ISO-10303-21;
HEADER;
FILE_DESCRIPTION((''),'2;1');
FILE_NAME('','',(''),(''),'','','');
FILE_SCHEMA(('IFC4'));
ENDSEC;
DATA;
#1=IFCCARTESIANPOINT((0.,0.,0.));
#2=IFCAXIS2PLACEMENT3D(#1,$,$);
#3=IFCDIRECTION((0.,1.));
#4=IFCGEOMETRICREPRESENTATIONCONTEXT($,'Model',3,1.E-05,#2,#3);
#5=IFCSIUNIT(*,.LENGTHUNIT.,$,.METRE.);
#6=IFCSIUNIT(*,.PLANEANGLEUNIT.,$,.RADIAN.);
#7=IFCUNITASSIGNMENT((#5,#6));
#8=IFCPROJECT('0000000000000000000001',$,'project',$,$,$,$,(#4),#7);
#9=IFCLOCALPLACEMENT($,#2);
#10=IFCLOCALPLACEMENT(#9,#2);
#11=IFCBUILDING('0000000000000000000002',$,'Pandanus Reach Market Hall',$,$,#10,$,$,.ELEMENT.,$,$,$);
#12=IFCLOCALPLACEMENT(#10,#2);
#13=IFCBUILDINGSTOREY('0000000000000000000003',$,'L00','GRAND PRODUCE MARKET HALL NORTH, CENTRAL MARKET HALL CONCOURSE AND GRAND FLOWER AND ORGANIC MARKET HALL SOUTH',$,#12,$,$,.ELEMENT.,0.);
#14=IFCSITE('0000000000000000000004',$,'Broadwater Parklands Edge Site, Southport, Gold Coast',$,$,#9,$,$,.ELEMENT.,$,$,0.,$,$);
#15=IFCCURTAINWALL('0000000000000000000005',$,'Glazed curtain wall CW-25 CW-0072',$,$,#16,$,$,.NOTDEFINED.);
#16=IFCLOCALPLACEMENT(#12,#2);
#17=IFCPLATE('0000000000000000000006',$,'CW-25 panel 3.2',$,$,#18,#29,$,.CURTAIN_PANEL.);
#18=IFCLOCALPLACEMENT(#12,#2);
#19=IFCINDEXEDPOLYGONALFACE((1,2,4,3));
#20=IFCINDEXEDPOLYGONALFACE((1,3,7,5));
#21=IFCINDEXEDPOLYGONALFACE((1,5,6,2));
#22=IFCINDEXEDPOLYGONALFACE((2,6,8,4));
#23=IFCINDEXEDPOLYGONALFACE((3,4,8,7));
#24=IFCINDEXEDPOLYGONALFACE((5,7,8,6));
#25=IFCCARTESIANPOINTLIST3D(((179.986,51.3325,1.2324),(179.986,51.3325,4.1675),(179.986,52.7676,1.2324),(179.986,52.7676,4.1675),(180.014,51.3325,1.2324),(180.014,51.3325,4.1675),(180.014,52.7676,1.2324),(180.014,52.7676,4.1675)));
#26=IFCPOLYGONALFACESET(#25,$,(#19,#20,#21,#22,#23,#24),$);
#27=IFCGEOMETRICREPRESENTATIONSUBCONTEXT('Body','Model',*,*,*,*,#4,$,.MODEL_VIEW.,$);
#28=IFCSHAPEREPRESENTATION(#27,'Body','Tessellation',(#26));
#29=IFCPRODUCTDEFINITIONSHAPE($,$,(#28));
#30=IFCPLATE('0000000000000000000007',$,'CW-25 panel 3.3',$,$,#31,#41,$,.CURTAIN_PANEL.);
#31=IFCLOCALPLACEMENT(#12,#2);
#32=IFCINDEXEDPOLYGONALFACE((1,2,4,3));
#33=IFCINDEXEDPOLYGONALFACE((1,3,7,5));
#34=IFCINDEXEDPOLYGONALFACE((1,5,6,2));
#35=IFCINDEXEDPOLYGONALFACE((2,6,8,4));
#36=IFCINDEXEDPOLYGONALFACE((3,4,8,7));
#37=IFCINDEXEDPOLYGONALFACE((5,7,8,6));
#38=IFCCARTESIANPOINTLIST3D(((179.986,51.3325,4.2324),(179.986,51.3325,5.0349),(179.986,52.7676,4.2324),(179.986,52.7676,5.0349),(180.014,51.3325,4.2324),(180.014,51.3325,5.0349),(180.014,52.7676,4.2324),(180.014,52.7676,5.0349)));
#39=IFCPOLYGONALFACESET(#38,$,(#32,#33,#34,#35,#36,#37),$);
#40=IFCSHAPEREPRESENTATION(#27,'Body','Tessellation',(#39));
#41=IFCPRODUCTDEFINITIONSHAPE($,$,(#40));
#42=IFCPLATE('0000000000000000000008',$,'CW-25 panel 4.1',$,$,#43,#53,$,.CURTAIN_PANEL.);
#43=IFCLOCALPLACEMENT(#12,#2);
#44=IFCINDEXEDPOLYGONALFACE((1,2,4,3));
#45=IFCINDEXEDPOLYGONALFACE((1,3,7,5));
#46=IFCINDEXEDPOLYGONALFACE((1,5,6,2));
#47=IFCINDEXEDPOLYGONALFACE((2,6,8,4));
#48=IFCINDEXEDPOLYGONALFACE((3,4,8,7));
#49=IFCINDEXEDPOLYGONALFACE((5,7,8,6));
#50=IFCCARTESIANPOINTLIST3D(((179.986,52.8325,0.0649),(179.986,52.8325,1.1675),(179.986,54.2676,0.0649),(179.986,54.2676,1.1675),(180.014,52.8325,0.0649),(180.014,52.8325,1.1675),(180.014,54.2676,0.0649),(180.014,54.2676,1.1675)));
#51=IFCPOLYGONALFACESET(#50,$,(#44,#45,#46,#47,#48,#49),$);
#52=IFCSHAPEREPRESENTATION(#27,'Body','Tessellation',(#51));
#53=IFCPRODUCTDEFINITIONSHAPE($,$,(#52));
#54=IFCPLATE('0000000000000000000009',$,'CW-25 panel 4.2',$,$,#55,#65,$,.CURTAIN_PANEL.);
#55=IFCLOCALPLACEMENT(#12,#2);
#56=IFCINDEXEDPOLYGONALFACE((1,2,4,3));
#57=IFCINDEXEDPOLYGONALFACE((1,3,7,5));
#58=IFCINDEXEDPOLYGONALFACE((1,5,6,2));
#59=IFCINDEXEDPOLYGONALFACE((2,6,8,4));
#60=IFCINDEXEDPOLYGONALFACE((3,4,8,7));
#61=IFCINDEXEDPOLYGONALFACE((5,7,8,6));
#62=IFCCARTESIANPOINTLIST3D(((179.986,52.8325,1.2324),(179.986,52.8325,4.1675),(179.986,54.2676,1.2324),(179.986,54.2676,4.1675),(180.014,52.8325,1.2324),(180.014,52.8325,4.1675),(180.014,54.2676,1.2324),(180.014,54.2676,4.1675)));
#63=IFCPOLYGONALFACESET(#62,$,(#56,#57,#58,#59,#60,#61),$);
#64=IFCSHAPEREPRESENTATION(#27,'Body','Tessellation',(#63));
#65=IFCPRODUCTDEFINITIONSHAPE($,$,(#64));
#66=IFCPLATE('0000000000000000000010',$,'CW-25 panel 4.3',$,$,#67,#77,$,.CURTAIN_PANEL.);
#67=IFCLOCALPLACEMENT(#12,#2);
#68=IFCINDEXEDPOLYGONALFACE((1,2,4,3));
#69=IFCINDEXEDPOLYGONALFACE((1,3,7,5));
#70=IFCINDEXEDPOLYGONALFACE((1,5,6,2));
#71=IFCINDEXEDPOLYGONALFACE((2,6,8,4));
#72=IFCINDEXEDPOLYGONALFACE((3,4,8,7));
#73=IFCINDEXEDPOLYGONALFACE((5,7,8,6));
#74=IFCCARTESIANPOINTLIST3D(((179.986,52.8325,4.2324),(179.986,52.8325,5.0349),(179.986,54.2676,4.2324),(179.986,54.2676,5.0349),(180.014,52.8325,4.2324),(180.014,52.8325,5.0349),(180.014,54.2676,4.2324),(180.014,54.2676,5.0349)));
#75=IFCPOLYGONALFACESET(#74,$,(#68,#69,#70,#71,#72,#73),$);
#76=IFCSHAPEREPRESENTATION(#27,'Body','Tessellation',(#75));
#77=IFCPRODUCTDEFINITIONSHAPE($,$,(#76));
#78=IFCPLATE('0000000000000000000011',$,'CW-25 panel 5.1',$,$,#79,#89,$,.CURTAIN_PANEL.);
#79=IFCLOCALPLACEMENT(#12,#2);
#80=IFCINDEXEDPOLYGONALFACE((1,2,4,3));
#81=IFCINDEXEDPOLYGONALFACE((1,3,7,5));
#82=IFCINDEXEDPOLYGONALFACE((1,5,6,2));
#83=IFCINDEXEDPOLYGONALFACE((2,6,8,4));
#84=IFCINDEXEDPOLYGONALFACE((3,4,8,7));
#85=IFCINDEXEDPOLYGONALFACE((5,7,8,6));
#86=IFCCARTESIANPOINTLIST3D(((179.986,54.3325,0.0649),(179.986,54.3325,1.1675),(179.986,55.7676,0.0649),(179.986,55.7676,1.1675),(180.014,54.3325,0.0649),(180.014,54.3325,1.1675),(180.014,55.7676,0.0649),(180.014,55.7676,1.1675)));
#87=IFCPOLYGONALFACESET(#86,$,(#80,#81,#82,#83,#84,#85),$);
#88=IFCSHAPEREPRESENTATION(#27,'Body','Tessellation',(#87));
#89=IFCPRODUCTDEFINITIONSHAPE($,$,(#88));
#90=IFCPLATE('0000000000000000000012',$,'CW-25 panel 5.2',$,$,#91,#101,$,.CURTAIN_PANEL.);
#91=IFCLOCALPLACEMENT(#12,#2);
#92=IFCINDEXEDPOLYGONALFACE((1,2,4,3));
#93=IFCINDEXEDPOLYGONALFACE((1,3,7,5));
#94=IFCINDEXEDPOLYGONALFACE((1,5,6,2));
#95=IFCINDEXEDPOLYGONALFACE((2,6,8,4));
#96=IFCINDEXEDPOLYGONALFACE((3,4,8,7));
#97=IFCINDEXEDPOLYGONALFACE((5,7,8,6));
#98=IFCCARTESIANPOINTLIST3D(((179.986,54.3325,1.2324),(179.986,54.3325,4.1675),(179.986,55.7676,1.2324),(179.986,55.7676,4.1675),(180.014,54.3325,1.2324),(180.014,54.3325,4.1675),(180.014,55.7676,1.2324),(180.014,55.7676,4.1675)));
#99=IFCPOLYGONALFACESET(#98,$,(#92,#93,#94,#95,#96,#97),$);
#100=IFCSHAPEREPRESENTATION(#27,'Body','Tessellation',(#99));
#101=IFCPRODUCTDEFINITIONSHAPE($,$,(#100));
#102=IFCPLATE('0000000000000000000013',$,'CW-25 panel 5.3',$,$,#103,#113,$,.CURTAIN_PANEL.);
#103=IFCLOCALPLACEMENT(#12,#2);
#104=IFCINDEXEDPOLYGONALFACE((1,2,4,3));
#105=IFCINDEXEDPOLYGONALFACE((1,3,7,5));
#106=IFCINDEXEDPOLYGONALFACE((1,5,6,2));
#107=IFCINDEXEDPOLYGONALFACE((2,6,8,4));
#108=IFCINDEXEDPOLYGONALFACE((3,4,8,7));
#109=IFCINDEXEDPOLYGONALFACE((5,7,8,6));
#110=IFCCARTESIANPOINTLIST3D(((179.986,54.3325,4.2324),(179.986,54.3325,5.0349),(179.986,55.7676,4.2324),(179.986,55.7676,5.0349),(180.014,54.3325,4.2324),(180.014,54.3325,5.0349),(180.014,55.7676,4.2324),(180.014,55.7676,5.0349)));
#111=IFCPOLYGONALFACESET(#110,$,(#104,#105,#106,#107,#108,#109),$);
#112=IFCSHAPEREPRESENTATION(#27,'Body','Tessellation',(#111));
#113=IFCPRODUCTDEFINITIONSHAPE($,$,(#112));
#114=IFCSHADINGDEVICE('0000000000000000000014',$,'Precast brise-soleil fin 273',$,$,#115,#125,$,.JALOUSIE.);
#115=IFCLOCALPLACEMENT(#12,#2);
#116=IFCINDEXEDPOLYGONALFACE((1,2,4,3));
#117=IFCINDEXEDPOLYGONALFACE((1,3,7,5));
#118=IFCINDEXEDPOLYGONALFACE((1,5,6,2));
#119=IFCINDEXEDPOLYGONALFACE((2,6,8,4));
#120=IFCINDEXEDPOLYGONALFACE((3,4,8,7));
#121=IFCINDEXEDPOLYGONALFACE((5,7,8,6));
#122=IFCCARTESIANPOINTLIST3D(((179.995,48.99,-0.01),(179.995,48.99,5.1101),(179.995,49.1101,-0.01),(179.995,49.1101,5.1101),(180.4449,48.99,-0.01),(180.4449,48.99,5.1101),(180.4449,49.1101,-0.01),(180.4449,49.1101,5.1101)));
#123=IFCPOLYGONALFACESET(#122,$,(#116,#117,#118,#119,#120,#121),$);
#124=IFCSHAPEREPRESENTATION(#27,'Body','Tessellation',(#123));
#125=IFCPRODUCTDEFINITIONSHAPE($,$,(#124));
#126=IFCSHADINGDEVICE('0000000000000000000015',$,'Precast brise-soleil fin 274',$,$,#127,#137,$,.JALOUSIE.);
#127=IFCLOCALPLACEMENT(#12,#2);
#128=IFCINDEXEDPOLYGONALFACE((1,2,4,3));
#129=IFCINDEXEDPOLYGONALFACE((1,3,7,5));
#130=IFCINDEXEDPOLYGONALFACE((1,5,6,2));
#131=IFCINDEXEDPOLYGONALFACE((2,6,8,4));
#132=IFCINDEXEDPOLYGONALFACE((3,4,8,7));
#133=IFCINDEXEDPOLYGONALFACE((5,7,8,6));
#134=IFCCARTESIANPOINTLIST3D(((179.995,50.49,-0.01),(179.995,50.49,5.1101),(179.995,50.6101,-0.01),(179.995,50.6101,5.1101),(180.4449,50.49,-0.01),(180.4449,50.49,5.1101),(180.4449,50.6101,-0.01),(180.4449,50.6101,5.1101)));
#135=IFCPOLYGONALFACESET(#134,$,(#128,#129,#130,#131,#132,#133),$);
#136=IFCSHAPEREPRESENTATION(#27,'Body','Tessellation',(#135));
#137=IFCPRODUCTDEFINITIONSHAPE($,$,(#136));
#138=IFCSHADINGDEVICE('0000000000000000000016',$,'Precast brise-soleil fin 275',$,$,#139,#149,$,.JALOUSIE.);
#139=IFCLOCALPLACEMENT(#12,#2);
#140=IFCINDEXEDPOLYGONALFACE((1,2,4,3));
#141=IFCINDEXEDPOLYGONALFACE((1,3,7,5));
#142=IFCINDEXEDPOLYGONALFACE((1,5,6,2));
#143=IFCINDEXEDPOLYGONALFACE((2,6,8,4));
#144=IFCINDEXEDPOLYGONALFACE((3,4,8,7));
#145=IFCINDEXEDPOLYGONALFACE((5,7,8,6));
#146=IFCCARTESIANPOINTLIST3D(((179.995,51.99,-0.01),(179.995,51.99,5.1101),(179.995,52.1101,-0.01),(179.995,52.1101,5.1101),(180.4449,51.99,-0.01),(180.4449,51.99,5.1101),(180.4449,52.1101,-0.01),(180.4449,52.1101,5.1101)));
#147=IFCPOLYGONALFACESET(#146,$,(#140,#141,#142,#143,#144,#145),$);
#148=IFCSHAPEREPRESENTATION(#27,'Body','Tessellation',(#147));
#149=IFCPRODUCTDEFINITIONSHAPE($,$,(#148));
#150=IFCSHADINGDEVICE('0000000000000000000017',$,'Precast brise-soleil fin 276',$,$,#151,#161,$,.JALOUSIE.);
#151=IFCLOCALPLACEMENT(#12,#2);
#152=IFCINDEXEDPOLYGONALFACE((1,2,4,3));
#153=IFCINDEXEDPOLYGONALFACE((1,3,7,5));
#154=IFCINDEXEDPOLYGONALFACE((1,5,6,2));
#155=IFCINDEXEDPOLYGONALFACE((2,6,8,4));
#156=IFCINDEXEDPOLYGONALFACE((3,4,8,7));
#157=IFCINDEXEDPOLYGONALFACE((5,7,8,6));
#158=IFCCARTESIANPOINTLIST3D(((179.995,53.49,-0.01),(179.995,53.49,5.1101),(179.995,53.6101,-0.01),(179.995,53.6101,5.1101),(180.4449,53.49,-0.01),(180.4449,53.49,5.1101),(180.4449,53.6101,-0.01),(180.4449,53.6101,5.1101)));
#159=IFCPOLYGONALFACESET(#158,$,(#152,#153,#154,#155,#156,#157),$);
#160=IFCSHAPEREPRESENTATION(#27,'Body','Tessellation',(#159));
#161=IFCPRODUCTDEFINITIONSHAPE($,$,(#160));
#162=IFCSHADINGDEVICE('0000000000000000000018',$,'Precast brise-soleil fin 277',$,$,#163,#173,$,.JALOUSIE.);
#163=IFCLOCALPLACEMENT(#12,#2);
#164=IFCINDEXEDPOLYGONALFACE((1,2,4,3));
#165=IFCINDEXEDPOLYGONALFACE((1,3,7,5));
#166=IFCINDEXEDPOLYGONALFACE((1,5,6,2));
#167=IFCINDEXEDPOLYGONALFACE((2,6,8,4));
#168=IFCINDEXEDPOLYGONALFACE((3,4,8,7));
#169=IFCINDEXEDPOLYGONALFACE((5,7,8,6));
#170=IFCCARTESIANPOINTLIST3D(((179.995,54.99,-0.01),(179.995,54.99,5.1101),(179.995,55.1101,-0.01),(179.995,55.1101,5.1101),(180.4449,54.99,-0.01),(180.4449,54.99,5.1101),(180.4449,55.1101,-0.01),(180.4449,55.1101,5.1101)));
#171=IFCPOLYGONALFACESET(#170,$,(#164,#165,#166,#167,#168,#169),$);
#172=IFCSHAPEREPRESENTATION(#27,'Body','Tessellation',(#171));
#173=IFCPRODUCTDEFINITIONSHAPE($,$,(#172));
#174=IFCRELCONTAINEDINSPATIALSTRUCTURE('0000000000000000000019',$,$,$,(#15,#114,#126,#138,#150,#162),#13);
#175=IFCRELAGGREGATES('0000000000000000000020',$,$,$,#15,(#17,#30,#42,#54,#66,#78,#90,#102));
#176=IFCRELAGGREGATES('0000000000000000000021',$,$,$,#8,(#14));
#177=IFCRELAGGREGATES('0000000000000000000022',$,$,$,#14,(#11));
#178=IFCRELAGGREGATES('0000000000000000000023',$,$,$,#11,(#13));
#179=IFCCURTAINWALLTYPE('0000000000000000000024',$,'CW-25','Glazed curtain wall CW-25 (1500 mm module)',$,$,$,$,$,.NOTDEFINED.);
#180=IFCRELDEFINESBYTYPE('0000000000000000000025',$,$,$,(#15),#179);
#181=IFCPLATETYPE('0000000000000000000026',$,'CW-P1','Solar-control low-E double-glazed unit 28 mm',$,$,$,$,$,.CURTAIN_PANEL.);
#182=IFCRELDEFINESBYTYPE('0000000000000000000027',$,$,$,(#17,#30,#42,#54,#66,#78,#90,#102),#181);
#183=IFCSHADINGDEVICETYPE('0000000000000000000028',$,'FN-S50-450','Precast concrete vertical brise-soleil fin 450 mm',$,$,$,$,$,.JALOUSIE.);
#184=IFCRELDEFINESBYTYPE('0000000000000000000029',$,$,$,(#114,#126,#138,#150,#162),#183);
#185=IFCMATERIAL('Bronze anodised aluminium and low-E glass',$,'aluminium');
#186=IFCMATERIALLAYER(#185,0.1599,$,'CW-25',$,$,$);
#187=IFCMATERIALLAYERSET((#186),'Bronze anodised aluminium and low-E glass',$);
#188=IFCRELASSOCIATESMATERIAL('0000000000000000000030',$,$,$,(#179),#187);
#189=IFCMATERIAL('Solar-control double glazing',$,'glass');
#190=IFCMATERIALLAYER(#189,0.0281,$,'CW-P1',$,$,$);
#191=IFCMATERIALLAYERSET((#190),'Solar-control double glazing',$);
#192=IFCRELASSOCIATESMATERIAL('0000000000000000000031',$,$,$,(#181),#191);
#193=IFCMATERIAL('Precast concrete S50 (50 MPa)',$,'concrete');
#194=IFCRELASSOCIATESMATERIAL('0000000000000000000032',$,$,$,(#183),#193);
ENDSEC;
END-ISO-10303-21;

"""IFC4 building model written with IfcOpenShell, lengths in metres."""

from ifc_helpers import new_model, si_unit, direction, frame, origin, origin_2d, place, context, subcontext, project, spatial, rectangle, extrude, material, layer, layer_set, type_object, element, aggregate, save


model = new_model("IFC4")

# Units and contexts
model_context = context("Model", 3, precision=1e-05, world=origin(), true_north=direction((0.0, 1.0)))
body_context = subcontext(model_context, "Body", "Model", "MODEL_VIEW")
ifc_project = project(units=[si_unit("LENGTHUNIT", "METRE"), si_unit("PLANEANGLEUNIT", "RADIAN")], contexts=[model_context])

# Site, building, storey
site_placement = place(None, origin())
site = spatial("IfcSite", under=ifc_project, at=site_placement, Name="Broadwater Parklands Edge Site, Southport, Gold Coast", CompositionType="ELEMENT", RefElevation=0.0)
building_placement = place(site_placement, origin())
building = spatial("IfcBuilding", under=site, at=building_placement, Name="Pandanus Reach Market Hall", CompositionType="ELEMENT")
storey_placement = place(building_placement, origin())
storey = spatial("IfcBuildingStorey", under=building, at=storey_placement, Name="L00", Description="GRAND PRODUCE MARKET HALL NORTH, CENTRAL MARKET HALL CONCOURSE AND GRAND FLOWER AND ORGANIC MARKET HALL SOUTH", CompositionType="ELEMENT", Elevation=0.0)

# Curtain wall, plates
ifc_material_1 = material(Name="Bronze anodised aluminium and low-E glass", Category="aluminium")
ifc_layer_1 = layer(ifc_material_1, 0.1599, Name="CW-25")
ifc_layer_set_1 = layer_set([ifc_layer_1], Name="Bronze anodised aluminium and low-E glass")
curtain_wall_type = type_object("IfcCurtainWallType", Name="CW-25", Description="Glazed curtain wall CW-25 (1500 mm module)", PredefinedType="NOTDEFINED", material=ifc_layer_set_1)
curtain_wall_placement = place(storey_placement, origin())
curtain_wall = element("IfcCurtainWall", 1, at=curtain_wall_placement, inside=storey, type_object=curtain_wall_type, Name="Glazed curtain wall CW-25 CW-0072", PredefinedType="NOTDEFINED")
ifc_material_2 = material(Name="Solar-control double glazing", Category="glass")
ifc_layer_2 = layer(ifc_material_2, 0.0281, Name="CW-P1")
ifc_layer_set_2 = layer_set([ifc_layer_2], Name="Solar-control double glazing")
plate_type = type_object("IfcPlateType", Name="CW-P1", Description="Solar-control low-E double-glazed unit 28 mm", PredefinedType="CURTAIN_PANEL", material=ifc_layer_set_2)
plate_1_placement = place(storey_placement, frame((180.0, 52.05, 1.2324), z_axis=(0.0, 0.0, 1.0), x_axis=(0.0, 1.0, 0.0)))
plate_1 = element("IfcPlate", 2, at=plate_1_placement, type_object=plate_type, Name="CW-25 panel 3.2", PredefinedType="CURTAIN_PANEL", context=body_context, shape_type="SweptSolid", body=[
    extrude(rectangle(XDim=1.4351, YDim=0.0281, at=origin_2d()), origin(), (0.0, 0.0, 1.0), 2.9351),
])
plate_2_placement = place(storey_placement, frame((180.0, 52.05, 4.2324), z_axis=(0.0, 0.0, 1.0), x_axis=(0.0, 1.0, 0.0)))
plate_2 = element("IfcPlate", 3, at=plate_2_placement, type_object=plate_type, Name="CW-25 panel 3.3", PredefinedType="CURTAIN_PANEL", context=body_context, shape_type="SweptSolid", body=[
    extrude(rectangle(XDim=1.4351, YDim=0.0281, at=origin_2d()), origin(), (0.0, 0.0, 1.0), 0.8025),
])
plate_3_placement = place(storey_placement, frame((180.0, 53.55, 0.0649), z_axis=(0.0, 0.0, 1.0), x_axis=(0.0, 1.0, 0.0)))
plate_3 = element("IfcPlate", 4, at=plate_3_placement, type_object=plate_type, Name="CW-25 panel 4.1", PredefinedType="CURTAIN_PANEL", context=body_context, shape_type="SweptSolid", body=[
    extrude(rectangle(XDim=1.4351, YDim=0.0281, at=origin_2d()), origin(), (0.0, 0.0, 1.0), 1.1025),
])
plate_4_placement = place(storey_placement, frame((180.0, 53.55, 1.2324), z_axis=(0.0, 0.0, 1.0), x_axis=(0.0, 1.0, 0.0)))
plate_4 = element("IfcPlate", 5, at=plate_4_placement, type_object=plate_type, Name="CW-25 panel 4.2", PredefinedType="CURTAIN_PANEL", context=body_context, shape_type="SweptSolid", body=[
    extrude(rectangle(XDim=1.4351, YDim=0.0281, at=origin_2d()), origin(), (0.0, 0.0, 1.0), 2.9351),
])
plate_5_placement = place(storey_placement, frame((180.0, 53.55, 4.2324), z_axis=(0.0, 0.0, 1.0), x_axis=(0.0, 1.0, 0.0)))
plate_5 = element("IfcPlate", 6, at=plate_5_placement, type_object=plate_type, Name="CW-25 panel 4.3", PredefinedType="CURTAIN_PANEL", context=body_context, shape_type="SweptSolid", body=[
    extrude(rectangle(XDim=1.4351, YDim=0.0281, at=origin_2d()), origin(), (0.0, 0.0, 1.0), 0.8025),
])
plate_6_placement = place(storey_placement, frame((180.0, 55.05, 0.0649), z_axis=(0.0, 0.0, 1.0), x_axis=(0.0, 1.0, 0.0)))
plate_6 = element("IfcPlate", 7, at=plate_6_placement, type_object=plate_type, Name="CW-25 panel 5.1", PredefinedType="CURTAIN_PANEL", context=body_context, shape_type="SweptSolid", body=[
    extrude(rectangle(XDim=1.4351, YDim=0.0281, at=origin_2d()), origin(), (0.0, 0.0, 1.0), 1.1025),
])
plate_7_placement = place(storey_placement, frame((180.0, 55.05, 1.2324), z_axis=(0.0, 0.0, 1.0), x_axis=(0.0, 1.0, 0.0)))
plate_7 = element("IfcPlate", 8, at=plate_7_placement, type_object=plate_type, Name="CW-25 panel 5.2", PredefinedType="CURTAIN_PANEL", context=body_context, shape_type="SweptSolid", body=[
    extrude(rectangle(XDim=1.4351, YDim=0.0281, at=origin_2d()), origin(), (0.0, 0.0, 1.0), 2.9351),
])
plate_8_placement = place(storey_placement, frame((180.0, 55.05, 4.2324), z_axis=(0.0, 0.0, 1.0), x_axis=(0.0, 1.0, 0.0)))
plate_8 = element("IfcPlate", 9, at=plate_8_placement, type_object=plate_type, Name="CW-25 panel 5.3", PredefinedType="CURTAIN_PANEL", context=body_context, shape_type="SweptSolid", body=[
    extrude(rectangle(XDim=1.4351, YDim=0.0281, at=origin_2d()), origin(), (0.0, 0.0, 1.0), 0.8025),
])
aggregate(curtain_wall, [plate_1, plate_2, plate_3, plate_4, plate_5, plate_6, plate_7, plate_8])

# Shading devices
ifc_material_3 = material(Name="Precast concrete S50 (50 MPa)", Category="concrete")
shading_device_type = type_object("IfcShadingDeviceType", Name="FN-S50-450", Description="Precast concrete vertical brise-soleil fin 450 mm", PredefinedType="JALOUSIE", material=ifc_material_3)
for number, where, z_axis, x_axis, name in (
    (10, (180.22, 49.05, -0.01), (0.0, 0.0, 1.0), (1.0, 0.0, 0.0), "Precast brise-soleil fin 273"),
    (11, (180.22, 50.55, -0.01), (0.0, 0.0, 1.0), (1.0, 0.0, 0.0), "Precast brise-soleil fin 274"),
    (12, (180.22, 52.05, -0.01), (0.0, 0.0, 1.0), (1.0, 0.0, 0.0), "Precast brise-soleil fin 275"),
    (13, (180.22, 53.55, -0.01), (0.0, 0.0, 1.0), (1.0, 0.0, 0.0), "Precast brise-soleil fin 276"),
    (14, (180.22, 55.05, -0.01), (0.0, 0.0, 1.0), (1.0, 0.0, 0.0), "Precast brise-soleil fin 277"),
):
    element("IfcShadingDevice", number, at=place(storey_placement, frame(where, z_axis=z_axis, x_axis=x_axis)), inside=storey, type_object=shading_device_type, Name=name, PredefinedType="JALOUSIE", context=body_context, shape_type="SweptSolid", body=[
        extrude(rectangle(XDim=0.45, YDim=0.1201, at=origin_2d()), origin(), (0.0, 0.0, 1.0), 5.1201),
    ])

save(model, "model.ifc")
